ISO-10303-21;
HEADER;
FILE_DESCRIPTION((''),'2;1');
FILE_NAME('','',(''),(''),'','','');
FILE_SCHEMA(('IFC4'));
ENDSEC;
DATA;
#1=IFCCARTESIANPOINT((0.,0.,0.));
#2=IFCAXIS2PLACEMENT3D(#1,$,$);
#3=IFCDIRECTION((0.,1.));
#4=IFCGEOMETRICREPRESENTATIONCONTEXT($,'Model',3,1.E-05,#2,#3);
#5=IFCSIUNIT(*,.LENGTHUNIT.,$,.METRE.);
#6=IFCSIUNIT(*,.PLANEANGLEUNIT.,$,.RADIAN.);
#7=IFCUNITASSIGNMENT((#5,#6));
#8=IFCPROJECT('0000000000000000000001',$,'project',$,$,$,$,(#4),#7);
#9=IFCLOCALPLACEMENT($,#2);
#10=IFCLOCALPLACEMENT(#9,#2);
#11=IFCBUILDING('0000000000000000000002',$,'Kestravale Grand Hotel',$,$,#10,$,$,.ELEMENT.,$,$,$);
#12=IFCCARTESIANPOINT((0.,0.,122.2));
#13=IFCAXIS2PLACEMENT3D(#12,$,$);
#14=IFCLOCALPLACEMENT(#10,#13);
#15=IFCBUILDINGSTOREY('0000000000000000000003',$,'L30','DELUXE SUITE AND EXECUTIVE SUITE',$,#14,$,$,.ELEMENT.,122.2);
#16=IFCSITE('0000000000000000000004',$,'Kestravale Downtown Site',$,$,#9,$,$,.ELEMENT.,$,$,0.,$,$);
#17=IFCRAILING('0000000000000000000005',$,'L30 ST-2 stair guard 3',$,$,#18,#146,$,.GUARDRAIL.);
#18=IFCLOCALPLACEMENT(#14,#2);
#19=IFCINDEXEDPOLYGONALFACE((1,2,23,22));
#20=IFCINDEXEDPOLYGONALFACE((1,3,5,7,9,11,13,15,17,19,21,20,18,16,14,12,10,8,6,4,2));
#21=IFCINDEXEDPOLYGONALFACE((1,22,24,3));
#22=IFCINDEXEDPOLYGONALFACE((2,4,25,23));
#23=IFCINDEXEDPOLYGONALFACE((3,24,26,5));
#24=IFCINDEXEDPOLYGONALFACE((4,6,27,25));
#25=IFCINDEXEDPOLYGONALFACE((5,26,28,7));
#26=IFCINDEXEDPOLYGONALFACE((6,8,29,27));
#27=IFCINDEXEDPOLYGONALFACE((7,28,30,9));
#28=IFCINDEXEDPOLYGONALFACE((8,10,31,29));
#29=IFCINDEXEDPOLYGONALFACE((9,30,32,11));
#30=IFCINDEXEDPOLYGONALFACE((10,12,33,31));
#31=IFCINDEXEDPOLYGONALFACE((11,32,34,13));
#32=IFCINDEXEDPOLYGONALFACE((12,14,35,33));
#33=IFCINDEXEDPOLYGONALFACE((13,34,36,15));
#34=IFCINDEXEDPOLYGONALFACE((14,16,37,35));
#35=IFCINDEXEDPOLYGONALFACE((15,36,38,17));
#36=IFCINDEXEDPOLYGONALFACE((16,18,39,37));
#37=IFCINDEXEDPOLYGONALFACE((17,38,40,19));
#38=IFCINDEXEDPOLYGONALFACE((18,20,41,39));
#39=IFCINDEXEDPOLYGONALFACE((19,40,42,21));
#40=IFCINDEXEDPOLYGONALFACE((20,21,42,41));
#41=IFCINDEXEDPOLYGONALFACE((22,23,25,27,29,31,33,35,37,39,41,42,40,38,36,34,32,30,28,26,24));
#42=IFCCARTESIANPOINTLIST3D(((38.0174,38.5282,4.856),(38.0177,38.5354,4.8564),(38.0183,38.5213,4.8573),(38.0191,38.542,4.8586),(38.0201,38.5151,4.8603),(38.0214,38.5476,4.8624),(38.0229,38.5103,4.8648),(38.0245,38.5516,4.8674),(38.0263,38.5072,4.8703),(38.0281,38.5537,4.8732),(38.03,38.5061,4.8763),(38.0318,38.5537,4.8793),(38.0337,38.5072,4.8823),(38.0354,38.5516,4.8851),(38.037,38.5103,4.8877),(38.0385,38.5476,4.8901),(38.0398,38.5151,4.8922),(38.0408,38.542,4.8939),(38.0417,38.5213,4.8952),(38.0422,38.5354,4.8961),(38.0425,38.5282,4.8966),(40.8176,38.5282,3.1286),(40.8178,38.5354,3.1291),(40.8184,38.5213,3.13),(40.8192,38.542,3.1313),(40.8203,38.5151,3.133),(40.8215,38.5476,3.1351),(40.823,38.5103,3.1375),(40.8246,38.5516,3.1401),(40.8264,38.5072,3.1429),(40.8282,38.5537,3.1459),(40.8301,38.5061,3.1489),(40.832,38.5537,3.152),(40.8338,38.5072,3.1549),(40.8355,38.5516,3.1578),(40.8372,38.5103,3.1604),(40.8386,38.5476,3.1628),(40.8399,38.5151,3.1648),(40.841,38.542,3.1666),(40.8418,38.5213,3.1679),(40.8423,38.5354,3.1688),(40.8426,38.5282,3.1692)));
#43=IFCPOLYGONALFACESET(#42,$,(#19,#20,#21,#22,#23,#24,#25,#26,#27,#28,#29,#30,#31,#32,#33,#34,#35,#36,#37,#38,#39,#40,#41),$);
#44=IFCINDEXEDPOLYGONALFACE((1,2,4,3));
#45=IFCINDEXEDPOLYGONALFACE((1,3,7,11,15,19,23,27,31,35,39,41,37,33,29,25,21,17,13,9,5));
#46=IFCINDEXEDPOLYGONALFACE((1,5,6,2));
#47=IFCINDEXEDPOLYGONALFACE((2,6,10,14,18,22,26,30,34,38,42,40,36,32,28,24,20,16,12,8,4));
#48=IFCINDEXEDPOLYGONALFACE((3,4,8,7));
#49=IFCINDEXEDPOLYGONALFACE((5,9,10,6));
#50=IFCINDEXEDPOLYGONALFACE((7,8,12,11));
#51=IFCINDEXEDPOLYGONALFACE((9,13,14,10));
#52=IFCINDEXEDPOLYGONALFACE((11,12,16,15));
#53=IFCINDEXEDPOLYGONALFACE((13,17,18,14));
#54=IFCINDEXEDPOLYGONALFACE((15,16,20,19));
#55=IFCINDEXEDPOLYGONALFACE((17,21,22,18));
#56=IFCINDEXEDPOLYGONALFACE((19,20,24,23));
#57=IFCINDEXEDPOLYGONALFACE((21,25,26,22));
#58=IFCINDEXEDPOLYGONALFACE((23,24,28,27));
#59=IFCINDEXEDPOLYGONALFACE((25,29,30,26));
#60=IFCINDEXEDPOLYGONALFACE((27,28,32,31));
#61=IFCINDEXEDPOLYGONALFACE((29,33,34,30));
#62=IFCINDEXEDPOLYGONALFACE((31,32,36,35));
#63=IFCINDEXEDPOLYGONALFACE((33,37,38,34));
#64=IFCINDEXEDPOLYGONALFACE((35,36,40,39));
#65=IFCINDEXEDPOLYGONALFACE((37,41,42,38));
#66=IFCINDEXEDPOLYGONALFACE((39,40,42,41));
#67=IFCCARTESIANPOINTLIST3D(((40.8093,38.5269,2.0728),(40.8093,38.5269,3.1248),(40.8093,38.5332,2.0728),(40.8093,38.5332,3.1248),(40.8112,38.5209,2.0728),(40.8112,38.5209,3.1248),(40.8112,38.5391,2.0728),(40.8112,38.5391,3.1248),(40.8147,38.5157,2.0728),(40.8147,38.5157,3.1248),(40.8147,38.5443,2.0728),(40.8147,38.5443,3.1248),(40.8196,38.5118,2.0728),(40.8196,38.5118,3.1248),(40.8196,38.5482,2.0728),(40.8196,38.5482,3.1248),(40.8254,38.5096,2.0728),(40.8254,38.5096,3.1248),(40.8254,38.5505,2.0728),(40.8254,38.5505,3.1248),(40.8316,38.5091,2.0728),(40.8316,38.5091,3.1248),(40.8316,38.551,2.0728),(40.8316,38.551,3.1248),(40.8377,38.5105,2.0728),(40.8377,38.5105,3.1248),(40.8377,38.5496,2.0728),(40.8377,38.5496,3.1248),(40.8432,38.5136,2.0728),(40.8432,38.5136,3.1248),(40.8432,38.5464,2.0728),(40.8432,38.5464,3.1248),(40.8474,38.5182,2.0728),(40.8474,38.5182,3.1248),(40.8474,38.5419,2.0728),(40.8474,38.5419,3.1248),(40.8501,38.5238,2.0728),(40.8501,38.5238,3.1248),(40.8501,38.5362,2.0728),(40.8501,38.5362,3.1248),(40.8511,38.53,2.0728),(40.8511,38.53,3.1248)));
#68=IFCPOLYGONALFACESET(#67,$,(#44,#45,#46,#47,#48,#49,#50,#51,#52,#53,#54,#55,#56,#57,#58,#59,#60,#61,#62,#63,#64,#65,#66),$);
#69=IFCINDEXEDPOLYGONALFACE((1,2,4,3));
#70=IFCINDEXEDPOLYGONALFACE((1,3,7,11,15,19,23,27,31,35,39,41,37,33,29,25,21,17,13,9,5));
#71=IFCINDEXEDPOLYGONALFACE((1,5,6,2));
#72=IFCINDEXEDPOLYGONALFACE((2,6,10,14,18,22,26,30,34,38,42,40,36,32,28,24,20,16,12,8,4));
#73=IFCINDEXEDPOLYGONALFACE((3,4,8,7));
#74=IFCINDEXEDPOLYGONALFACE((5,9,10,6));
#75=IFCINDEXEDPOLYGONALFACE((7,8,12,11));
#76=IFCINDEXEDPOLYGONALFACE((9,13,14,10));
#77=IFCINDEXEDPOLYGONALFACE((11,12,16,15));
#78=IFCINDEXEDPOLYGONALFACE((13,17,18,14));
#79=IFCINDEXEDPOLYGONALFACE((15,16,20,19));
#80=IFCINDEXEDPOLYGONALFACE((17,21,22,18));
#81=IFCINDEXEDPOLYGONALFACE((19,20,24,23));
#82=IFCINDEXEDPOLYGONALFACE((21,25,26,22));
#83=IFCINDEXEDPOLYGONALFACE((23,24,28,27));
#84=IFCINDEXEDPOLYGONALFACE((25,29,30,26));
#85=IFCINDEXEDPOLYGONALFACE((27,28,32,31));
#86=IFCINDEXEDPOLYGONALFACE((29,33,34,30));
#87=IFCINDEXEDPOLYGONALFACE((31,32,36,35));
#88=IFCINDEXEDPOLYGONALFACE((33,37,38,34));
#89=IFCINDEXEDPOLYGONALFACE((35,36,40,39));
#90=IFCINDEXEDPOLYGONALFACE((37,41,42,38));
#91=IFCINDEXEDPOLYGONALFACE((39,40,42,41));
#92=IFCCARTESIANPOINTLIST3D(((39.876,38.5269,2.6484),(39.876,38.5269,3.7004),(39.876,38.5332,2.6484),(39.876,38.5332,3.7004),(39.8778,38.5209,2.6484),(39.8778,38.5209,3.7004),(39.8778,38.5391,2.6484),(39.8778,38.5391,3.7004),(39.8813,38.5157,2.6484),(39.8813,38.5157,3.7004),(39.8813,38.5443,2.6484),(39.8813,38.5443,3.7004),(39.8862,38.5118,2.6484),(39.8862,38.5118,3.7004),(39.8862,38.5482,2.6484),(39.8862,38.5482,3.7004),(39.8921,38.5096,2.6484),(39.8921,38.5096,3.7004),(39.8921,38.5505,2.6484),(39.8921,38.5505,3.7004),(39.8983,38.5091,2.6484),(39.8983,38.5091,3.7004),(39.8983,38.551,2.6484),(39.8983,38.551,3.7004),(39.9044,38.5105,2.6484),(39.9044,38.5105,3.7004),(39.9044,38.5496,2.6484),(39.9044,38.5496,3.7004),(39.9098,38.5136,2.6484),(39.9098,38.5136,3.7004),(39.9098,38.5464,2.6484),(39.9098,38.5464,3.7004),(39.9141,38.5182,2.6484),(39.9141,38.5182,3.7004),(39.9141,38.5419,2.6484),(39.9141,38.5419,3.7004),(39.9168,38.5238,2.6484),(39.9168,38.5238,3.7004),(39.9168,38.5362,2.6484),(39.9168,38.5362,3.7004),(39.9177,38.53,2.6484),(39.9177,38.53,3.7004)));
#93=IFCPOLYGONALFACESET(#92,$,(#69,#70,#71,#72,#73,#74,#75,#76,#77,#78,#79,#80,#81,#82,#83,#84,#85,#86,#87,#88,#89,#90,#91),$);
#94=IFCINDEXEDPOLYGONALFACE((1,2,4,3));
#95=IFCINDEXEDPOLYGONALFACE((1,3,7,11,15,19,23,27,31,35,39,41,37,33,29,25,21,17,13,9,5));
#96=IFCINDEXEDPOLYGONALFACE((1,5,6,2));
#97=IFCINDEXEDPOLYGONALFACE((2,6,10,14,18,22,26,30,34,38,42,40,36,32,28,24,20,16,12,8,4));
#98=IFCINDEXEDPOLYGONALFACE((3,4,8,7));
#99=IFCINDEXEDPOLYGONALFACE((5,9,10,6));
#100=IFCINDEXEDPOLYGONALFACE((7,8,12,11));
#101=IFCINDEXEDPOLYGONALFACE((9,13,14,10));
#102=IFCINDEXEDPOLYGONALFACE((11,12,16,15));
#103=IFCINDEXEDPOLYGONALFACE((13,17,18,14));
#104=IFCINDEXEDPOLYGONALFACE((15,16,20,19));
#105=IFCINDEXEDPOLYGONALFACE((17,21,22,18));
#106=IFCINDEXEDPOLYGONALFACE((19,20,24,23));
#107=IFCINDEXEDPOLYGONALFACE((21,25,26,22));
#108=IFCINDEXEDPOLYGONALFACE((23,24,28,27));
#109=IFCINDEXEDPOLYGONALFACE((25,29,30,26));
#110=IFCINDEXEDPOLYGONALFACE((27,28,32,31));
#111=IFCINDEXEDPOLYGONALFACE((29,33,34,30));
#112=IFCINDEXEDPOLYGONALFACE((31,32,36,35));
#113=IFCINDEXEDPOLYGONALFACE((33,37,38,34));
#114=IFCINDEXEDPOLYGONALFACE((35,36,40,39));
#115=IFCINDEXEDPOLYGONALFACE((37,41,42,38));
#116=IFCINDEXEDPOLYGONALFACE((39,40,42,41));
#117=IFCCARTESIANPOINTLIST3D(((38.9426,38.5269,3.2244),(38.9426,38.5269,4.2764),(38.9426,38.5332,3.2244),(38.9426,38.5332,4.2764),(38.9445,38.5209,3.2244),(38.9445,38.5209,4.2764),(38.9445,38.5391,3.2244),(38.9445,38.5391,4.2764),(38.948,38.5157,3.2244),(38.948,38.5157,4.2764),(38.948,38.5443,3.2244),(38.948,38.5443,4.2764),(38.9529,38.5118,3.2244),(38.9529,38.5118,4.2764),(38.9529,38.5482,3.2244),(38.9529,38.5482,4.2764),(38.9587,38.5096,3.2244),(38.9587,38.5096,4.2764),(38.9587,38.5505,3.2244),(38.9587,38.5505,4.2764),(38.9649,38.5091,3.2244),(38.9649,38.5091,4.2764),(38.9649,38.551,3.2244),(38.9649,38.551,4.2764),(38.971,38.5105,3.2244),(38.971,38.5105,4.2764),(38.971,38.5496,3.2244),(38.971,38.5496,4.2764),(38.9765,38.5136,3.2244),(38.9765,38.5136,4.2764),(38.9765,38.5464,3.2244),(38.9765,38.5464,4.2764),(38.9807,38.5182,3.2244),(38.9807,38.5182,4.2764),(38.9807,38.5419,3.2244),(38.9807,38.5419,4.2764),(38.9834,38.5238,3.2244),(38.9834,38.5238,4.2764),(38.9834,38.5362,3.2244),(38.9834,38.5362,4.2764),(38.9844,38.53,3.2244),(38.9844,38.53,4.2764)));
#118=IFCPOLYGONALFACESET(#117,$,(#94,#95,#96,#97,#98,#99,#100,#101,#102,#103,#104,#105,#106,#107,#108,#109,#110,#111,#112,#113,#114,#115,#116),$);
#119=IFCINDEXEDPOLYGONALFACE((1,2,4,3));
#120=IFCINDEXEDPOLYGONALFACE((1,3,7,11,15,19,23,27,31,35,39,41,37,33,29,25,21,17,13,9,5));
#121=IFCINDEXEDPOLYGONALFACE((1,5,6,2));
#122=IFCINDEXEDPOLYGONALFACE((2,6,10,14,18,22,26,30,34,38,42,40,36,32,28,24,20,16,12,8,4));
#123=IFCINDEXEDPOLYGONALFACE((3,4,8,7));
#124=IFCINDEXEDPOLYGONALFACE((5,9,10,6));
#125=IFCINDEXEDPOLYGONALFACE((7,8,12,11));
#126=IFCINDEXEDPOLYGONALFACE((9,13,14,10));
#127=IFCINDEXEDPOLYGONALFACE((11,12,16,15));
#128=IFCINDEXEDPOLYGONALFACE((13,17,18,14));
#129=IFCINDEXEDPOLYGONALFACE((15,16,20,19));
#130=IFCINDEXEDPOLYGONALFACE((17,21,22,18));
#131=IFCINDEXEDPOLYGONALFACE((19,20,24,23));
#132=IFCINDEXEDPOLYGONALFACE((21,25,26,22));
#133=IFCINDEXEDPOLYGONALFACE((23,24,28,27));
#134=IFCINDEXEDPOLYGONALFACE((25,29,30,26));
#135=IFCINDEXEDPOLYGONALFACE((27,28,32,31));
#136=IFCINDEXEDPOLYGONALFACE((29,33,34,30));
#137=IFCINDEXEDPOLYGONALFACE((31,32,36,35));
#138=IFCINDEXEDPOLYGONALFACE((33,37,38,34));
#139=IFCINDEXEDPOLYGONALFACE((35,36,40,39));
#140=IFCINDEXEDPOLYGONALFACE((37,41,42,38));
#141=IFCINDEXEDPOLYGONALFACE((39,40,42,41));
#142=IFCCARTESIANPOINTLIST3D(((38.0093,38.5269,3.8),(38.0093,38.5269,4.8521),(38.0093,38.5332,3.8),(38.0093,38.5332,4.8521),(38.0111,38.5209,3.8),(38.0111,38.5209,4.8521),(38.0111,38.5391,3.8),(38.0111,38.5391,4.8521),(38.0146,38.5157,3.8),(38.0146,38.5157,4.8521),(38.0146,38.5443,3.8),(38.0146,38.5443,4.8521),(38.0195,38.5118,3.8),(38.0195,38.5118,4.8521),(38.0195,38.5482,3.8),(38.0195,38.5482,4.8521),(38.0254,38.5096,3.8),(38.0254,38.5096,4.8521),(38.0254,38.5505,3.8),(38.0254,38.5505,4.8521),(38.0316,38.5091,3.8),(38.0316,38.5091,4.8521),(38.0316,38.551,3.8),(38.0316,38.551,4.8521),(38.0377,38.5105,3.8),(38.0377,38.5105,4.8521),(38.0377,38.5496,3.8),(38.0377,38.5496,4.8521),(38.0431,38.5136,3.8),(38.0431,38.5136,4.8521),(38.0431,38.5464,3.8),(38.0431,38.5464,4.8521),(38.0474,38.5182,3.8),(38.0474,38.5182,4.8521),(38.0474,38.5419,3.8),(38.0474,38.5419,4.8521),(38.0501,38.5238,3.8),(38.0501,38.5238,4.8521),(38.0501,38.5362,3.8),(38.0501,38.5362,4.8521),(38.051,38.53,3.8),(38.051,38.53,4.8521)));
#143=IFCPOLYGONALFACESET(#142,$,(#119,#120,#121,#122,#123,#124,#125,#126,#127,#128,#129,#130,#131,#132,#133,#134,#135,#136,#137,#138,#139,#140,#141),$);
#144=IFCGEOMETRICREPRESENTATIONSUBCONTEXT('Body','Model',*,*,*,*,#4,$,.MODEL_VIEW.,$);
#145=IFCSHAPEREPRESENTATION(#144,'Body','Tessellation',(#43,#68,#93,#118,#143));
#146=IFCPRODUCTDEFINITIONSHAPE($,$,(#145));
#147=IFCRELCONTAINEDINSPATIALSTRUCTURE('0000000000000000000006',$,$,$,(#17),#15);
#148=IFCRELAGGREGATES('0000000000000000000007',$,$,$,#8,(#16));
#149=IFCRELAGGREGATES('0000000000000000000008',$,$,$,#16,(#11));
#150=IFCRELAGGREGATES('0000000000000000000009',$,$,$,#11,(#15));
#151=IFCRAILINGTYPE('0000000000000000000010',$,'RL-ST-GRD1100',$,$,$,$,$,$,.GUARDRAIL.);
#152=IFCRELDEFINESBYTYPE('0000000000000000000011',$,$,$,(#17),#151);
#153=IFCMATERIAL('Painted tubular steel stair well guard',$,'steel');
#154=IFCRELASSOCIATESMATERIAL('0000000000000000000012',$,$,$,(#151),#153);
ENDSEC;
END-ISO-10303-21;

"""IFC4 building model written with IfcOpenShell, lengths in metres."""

from ifc_helpers import new_model, si_unit, direction, frame, origin, origin_2d, place, context, subcontext, project, spatial, circle, extrude, material, type_object, element, save


model = new_model("IFC4")

# Units and contexts
model_context = context("Model", 3, precision=1e-05, world=origin(), true_north=direction((0.0, 1.0)))
body_context = subcontext(model_context, "Body", "Model", "MODEL_VIEW")
ifc_project = project(units=[si_unit("LENGTHUNIT", "METRE"), si_unit("PLANEANGLEUNIT", "RADIAN")], contexts=[model_context])

# Site, building, storey
site_placement = place(None, origin())
site = spatial("IfcSite", under=ifc_project, at=site_placement, Name="Kestravale Downtown Site", CompositionType="ELEMENT", RefElevation=0.0)
building_placement = place(site_placement, origin())
building = spatial("IfcBuilding", under=site, at=building_placement, Name="Kestravale Grand Hotel", CompositionType="ELEMENT")
storey_placement = place(building_placement, frame((0.0, 0.0, 122.2)))
storey = spatial("IfcBuildingStorey", under=building, at=storey_placement, Name="L30", Description="DELUXE SUITE AND EXECUTIVE SUITE", CompositionType="ELEMENT", Elevation=122.2)

# Railing
ifc_material_1 = material(Name="Painted tubular steel stair well guard", Category="steel")
railing_type_1 = type_object("IfcRailingType", Name="RL-ST-GRD1100", PredefinedType="GUARDRAIL", material=ifc_material_1)
railing_1_placement = place(storey_placement, frame((40.8301, 38.53, 2.0728)))
element("IfcRailing", 1, at=railing_1_placement, inside=storey, type_object=railing_type_1, Name="L30 ST-2 stair guard 3", PredefinedType="GUARDRAIL", context=body_context, shape_type="SweptSolid", body=[
    extrude(circle(Radius=0.0239, at=origin_2d()), frame((0.0, 0.0, 1.0762), z_axis=(-0.85109, 0.0, 0.52502), x_axis=(0.0, -1.0, 0.0)), (0.0, 0.0, 1.0), 3.29),
    extrude(circle(Radius=0.021, at=origin_2d()), origin(), (0.0, 0.0, 1.0), 1.052),
    extrude(circle(Radius=0.021, at=origin_2d()), frame((-0.9333, 0.0, 0.5757)), (0.0, 0.0, 1.0), 1.052),
    extrude(circle(Radius=0.021, at=origin_2d()), frame((-1.8667, 0.0, 1.1516)), (0.0, 0.0, 1.0), 1.052),
    extrude(circle(Radius=0.021, at=origin_2d()), frame((-2.8, 0.0, 1.7273)), (0.0, 0.0, 1.0), 1.052),
])

save(model, "model.ifc")
